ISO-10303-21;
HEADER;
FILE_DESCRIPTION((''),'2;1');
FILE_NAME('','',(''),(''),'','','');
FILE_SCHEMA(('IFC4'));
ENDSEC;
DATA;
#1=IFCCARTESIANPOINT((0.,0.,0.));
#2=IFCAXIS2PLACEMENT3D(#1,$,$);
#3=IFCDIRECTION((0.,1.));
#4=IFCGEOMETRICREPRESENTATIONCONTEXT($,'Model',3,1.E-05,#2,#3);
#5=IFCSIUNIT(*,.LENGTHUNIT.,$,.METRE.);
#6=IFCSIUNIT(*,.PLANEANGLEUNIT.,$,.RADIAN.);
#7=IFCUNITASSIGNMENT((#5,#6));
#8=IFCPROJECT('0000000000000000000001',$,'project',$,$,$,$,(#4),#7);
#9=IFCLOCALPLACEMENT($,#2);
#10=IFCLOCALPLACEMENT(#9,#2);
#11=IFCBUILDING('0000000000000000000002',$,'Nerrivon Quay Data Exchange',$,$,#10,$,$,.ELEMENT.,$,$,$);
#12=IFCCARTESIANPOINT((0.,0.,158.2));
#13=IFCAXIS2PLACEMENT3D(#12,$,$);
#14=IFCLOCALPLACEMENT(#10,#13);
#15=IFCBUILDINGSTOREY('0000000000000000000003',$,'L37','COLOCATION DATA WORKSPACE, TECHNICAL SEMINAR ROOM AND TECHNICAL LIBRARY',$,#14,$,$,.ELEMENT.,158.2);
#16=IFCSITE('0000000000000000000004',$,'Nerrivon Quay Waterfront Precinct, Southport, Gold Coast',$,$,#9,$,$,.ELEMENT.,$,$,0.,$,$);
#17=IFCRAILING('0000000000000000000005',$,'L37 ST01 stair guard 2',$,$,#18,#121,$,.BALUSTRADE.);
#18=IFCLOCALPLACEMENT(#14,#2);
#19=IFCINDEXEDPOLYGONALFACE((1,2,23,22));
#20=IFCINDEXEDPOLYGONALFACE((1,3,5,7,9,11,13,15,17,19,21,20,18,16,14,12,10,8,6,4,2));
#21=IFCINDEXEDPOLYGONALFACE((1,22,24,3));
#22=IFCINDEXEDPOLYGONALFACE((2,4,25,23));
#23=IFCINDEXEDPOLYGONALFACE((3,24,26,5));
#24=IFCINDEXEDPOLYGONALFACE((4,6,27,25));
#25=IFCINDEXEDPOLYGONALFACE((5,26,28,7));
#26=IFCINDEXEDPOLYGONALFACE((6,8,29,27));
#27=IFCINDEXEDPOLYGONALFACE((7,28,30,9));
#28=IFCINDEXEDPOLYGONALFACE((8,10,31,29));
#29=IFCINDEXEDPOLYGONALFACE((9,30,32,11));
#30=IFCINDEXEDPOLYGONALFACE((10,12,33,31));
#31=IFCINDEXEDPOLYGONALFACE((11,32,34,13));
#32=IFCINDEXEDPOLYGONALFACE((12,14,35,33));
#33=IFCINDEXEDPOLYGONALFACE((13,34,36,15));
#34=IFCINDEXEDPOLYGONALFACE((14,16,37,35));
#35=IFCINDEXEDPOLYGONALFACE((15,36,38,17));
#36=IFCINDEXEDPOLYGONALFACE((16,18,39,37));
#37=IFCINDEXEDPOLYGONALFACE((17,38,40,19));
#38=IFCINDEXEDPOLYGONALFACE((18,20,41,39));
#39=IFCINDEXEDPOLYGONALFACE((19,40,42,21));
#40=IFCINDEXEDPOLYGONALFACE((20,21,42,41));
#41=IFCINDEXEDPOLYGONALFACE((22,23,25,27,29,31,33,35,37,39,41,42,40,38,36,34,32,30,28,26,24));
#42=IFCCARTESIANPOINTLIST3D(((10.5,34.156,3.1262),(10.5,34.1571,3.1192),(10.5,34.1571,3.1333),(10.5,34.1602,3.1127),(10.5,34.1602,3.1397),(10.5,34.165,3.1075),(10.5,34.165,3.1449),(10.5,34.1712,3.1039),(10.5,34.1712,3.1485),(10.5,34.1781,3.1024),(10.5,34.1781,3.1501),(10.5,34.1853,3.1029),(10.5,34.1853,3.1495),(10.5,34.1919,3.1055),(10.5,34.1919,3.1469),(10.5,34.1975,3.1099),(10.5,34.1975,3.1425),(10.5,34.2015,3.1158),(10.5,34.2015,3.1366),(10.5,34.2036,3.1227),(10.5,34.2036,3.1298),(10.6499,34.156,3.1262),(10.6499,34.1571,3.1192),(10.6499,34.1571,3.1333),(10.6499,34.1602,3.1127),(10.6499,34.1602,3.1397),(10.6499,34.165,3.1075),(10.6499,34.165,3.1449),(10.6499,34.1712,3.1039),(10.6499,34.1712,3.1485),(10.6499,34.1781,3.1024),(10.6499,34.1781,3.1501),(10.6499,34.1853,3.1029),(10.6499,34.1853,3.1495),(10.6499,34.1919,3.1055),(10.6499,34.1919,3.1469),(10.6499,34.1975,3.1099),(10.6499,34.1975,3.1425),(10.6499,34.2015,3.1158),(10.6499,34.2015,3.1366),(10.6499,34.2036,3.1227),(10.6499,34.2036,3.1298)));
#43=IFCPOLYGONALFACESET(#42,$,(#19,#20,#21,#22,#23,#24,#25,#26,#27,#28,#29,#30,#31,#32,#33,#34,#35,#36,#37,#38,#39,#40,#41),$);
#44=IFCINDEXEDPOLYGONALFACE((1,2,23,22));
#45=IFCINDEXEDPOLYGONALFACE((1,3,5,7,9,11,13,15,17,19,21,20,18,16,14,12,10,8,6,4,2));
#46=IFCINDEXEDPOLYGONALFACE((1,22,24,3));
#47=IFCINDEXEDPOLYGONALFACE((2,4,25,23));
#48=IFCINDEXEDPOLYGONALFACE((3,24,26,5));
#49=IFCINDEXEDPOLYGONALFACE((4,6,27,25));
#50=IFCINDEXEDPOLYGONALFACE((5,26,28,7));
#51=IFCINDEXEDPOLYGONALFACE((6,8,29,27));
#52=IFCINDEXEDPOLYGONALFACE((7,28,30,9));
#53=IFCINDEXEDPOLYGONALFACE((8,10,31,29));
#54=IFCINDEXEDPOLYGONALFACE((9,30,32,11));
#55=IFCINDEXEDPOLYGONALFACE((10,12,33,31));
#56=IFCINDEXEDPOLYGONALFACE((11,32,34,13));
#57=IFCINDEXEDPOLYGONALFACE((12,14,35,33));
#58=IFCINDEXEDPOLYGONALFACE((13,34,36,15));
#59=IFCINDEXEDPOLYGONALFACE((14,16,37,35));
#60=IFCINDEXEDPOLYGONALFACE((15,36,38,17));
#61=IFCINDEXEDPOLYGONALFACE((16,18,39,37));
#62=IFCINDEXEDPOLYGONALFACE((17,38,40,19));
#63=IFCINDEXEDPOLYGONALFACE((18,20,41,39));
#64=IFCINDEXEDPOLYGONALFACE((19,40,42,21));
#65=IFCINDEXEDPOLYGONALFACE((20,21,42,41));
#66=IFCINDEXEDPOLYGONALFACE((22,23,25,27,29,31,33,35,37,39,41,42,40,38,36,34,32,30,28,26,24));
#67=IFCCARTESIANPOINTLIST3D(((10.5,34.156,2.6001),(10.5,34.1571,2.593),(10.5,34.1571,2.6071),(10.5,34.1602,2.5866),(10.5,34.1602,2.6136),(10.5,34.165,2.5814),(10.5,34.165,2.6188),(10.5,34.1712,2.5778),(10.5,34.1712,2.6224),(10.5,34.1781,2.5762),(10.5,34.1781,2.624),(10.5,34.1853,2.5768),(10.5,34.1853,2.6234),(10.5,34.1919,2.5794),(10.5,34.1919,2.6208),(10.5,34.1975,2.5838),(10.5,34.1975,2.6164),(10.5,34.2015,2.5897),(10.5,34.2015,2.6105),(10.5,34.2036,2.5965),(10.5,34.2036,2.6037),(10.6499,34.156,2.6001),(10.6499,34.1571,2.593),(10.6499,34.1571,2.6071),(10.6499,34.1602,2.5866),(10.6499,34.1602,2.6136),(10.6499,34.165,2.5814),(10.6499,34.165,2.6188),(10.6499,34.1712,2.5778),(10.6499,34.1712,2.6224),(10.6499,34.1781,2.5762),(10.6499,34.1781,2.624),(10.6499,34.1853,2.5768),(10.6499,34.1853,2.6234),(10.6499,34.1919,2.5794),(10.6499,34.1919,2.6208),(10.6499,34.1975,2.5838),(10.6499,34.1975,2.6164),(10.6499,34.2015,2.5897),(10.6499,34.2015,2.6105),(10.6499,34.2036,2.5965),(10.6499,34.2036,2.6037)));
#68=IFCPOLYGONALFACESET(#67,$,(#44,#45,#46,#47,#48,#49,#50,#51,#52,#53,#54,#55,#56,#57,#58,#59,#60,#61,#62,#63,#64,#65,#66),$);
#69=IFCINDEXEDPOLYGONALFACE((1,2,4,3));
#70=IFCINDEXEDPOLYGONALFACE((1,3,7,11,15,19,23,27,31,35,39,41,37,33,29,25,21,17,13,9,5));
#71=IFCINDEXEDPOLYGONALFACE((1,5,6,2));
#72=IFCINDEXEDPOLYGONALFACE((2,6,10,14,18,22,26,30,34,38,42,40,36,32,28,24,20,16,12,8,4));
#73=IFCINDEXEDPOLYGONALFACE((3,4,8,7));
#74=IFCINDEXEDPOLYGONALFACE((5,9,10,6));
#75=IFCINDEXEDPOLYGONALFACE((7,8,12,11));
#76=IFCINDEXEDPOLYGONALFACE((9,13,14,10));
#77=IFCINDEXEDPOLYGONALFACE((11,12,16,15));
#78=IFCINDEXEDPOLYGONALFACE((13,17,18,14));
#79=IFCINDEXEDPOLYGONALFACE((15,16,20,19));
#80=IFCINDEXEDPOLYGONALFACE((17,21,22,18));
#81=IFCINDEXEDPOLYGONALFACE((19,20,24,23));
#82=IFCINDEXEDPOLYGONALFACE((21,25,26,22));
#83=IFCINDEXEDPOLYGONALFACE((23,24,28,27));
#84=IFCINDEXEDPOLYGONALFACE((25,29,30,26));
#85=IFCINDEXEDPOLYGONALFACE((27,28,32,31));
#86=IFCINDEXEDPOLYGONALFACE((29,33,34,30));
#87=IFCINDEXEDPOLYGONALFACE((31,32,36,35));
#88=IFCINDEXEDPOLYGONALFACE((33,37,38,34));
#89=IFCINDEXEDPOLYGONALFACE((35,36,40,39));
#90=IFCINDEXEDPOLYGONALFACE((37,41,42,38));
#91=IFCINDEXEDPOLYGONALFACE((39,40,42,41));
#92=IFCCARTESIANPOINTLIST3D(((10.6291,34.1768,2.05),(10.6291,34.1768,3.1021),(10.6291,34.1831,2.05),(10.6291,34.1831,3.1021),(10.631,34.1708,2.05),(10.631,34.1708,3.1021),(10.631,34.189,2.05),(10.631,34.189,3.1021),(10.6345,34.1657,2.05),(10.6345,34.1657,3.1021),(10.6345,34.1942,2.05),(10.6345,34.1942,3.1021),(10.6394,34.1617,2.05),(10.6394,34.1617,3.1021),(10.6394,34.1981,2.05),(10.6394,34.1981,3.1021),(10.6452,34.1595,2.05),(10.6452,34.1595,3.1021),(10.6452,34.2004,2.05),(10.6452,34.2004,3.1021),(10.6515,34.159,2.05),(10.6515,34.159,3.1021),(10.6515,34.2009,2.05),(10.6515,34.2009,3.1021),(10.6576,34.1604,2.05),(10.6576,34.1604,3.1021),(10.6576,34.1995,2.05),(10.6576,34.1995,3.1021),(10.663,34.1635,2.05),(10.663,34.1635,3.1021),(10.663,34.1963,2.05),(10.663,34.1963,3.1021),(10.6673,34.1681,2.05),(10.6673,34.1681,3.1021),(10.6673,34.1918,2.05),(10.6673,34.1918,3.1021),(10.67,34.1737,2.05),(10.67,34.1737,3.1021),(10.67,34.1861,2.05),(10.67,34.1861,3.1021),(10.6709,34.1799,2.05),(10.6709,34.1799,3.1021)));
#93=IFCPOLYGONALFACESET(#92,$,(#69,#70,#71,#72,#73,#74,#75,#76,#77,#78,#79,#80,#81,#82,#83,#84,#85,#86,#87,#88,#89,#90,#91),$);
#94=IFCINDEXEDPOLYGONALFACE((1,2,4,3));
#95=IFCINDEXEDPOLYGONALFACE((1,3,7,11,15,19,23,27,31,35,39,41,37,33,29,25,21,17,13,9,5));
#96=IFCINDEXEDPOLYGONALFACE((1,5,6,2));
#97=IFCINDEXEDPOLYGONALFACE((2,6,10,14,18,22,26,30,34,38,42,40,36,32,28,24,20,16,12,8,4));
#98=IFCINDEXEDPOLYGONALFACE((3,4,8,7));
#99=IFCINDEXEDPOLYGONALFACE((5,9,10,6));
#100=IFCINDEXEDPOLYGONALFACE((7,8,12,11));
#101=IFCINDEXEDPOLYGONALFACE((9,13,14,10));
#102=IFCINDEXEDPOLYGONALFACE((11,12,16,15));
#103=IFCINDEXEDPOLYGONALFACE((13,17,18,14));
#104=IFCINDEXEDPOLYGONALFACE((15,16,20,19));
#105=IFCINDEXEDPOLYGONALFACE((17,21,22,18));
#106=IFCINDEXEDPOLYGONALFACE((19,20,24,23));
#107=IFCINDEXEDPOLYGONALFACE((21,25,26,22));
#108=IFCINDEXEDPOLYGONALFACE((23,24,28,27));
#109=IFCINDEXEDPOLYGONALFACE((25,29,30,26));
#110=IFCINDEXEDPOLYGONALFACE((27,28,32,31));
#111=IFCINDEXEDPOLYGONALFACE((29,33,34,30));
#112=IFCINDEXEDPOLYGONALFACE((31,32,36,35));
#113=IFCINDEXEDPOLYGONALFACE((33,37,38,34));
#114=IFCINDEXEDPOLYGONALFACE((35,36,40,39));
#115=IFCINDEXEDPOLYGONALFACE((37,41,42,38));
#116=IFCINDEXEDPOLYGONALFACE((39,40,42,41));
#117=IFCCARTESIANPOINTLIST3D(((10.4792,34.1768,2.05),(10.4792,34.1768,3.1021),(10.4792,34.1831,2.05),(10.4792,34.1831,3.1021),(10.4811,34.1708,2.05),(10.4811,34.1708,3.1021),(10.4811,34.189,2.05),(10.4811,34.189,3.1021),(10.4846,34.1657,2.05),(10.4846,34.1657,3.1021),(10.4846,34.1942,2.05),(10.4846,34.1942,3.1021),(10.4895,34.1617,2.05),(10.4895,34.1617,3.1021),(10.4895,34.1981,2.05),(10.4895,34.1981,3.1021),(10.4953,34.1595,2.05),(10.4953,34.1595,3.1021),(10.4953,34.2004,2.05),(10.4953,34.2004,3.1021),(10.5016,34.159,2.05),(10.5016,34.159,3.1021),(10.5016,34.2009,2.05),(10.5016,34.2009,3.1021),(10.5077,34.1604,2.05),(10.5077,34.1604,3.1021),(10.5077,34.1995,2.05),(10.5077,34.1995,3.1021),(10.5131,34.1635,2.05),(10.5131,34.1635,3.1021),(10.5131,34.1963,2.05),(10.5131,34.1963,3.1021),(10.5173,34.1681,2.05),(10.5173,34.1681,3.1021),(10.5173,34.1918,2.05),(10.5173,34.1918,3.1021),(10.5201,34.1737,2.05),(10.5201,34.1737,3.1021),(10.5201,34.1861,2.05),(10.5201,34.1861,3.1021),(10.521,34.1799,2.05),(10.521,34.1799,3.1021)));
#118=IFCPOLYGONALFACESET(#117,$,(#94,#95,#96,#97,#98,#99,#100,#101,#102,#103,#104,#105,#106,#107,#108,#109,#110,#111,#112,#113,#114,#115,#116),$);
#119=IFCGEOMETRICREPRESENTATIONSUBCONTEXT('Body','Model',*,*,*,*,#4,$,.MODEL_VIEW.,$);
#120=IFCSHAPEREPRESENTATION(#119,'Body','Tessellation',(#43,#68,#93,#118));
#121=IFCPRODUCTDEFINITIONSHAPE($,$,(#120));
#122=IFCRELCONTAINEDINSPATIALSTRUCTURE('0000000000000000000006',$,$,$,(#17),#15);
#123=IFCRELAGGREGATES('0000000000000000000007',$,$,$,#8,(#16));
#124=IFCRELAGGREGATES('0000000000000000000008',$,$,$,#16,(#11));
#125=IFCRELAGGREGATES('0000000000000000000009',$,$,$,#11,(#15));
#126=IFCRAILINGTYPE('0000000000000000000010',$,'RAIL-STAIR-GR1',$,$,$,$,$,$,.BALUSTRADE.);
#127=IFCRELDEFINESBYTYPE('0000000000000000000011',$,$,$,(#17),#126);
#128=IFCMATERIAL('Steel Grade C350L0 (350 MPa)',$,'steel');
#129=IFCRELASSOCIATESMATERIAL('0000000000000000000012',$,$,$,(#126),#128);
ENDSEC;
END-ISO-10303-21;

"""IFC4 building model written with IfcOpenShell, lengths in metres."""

from ifc_helpers import new_model, si_unit, direction, frame, origin, origin_2d, place, context, subcontext, project, spatial, circle, extrude, material, type_object, element, save


model = new_model("IFC4")

# Units and contexts
model_context = context("Model", 3, precision=1e-05, world=origin(), true_north=direction((0.0, 1.0)))
body_context = subcontext(model_context, "Body", "Model", "MODEL_VIEW")
ifc_project = project(units=[si_unit("LENGTHUNIT", "METRE"), si_unit("PLANEANGLEUNIT", "RADIAN")], contexts=[model_context])

# Site, building, storey
site_placement = place(None, origin())
site = spatial("IfcSite", under=ifc_project, at=site_placement, Name="Nerrivon Quay Waterfront Precinct, Southport, Gold Coast", CompositionType="ELEMENT", RefElevation=0.0)
building_placement = place(site_placement, origin())
building = spatial("IfcBuilding", under=site, at=building_placement, Name="Nerrivon Quay Data Exchange", CompositionType="ELEMENT")
storey_placement = place(building_placement, frame((0.0, 0.0, 158.2)))
storey = spatial("IfcBuildingStorey", under=building, at=storey_placement, Name="L37", Description="COLOCATION DATA WORKSPACE, TECHNICAL SEMINAR ROOM AND TECHNICAL LIBRARY", CompositionType="ELEMENT", Elevation=158.2)

# Railing
ifc_material_1 = material(Name="Steel Grade C350L0 (350 MPa)", Category="steel")
railing_type = type_object("IfcRailingType", Name="RAIL-STAIR-GR1", PredefinedType="BALUSTRADE", material=ifc_material_1)
railing_placement = place(storey_placement, frame((10.6499, 34.1799, 2.05)))
element("IfcRailing", 1, at=railing_placement, inside=storey, type_object=railing_type, Name="L37 ST01 stair guard 2", PredefinedType="BALUSTRADE", context=body_context, shape_type="SweptSolid", body=[
    extrude(circle(Radius=0.0239, at=origin_2d()), frame((0.0, 0.0, 1.0762), z_axis=(-1.0, 0.0, 0.0), x_axis=(0.0, -1.0, 0.0)), (0.0, 0.0, 1.0), 0.1499),
    extrude(circle(Radius=0.0239, at=origin_2d()), frame((0.0, 0.0, 0.55), z_axis=(-1.0, 0.0, 0.0), x_axis=(0.0, -1.0, 0.0)), (0.0, 0.0, 1.0), 0.1499),
    extrude(circle(Radius=0.021, at=origin_2d()), origin(), (0.0, 0.0, 1.0), 1.052),
    extrude(circle(Radius=0.021, at=origin_2d()), frame((-0.1499, 0.0, 0.0)), (0.0, 0.0, 1.0), 1.052),
])

save(model, "model.ifc")
